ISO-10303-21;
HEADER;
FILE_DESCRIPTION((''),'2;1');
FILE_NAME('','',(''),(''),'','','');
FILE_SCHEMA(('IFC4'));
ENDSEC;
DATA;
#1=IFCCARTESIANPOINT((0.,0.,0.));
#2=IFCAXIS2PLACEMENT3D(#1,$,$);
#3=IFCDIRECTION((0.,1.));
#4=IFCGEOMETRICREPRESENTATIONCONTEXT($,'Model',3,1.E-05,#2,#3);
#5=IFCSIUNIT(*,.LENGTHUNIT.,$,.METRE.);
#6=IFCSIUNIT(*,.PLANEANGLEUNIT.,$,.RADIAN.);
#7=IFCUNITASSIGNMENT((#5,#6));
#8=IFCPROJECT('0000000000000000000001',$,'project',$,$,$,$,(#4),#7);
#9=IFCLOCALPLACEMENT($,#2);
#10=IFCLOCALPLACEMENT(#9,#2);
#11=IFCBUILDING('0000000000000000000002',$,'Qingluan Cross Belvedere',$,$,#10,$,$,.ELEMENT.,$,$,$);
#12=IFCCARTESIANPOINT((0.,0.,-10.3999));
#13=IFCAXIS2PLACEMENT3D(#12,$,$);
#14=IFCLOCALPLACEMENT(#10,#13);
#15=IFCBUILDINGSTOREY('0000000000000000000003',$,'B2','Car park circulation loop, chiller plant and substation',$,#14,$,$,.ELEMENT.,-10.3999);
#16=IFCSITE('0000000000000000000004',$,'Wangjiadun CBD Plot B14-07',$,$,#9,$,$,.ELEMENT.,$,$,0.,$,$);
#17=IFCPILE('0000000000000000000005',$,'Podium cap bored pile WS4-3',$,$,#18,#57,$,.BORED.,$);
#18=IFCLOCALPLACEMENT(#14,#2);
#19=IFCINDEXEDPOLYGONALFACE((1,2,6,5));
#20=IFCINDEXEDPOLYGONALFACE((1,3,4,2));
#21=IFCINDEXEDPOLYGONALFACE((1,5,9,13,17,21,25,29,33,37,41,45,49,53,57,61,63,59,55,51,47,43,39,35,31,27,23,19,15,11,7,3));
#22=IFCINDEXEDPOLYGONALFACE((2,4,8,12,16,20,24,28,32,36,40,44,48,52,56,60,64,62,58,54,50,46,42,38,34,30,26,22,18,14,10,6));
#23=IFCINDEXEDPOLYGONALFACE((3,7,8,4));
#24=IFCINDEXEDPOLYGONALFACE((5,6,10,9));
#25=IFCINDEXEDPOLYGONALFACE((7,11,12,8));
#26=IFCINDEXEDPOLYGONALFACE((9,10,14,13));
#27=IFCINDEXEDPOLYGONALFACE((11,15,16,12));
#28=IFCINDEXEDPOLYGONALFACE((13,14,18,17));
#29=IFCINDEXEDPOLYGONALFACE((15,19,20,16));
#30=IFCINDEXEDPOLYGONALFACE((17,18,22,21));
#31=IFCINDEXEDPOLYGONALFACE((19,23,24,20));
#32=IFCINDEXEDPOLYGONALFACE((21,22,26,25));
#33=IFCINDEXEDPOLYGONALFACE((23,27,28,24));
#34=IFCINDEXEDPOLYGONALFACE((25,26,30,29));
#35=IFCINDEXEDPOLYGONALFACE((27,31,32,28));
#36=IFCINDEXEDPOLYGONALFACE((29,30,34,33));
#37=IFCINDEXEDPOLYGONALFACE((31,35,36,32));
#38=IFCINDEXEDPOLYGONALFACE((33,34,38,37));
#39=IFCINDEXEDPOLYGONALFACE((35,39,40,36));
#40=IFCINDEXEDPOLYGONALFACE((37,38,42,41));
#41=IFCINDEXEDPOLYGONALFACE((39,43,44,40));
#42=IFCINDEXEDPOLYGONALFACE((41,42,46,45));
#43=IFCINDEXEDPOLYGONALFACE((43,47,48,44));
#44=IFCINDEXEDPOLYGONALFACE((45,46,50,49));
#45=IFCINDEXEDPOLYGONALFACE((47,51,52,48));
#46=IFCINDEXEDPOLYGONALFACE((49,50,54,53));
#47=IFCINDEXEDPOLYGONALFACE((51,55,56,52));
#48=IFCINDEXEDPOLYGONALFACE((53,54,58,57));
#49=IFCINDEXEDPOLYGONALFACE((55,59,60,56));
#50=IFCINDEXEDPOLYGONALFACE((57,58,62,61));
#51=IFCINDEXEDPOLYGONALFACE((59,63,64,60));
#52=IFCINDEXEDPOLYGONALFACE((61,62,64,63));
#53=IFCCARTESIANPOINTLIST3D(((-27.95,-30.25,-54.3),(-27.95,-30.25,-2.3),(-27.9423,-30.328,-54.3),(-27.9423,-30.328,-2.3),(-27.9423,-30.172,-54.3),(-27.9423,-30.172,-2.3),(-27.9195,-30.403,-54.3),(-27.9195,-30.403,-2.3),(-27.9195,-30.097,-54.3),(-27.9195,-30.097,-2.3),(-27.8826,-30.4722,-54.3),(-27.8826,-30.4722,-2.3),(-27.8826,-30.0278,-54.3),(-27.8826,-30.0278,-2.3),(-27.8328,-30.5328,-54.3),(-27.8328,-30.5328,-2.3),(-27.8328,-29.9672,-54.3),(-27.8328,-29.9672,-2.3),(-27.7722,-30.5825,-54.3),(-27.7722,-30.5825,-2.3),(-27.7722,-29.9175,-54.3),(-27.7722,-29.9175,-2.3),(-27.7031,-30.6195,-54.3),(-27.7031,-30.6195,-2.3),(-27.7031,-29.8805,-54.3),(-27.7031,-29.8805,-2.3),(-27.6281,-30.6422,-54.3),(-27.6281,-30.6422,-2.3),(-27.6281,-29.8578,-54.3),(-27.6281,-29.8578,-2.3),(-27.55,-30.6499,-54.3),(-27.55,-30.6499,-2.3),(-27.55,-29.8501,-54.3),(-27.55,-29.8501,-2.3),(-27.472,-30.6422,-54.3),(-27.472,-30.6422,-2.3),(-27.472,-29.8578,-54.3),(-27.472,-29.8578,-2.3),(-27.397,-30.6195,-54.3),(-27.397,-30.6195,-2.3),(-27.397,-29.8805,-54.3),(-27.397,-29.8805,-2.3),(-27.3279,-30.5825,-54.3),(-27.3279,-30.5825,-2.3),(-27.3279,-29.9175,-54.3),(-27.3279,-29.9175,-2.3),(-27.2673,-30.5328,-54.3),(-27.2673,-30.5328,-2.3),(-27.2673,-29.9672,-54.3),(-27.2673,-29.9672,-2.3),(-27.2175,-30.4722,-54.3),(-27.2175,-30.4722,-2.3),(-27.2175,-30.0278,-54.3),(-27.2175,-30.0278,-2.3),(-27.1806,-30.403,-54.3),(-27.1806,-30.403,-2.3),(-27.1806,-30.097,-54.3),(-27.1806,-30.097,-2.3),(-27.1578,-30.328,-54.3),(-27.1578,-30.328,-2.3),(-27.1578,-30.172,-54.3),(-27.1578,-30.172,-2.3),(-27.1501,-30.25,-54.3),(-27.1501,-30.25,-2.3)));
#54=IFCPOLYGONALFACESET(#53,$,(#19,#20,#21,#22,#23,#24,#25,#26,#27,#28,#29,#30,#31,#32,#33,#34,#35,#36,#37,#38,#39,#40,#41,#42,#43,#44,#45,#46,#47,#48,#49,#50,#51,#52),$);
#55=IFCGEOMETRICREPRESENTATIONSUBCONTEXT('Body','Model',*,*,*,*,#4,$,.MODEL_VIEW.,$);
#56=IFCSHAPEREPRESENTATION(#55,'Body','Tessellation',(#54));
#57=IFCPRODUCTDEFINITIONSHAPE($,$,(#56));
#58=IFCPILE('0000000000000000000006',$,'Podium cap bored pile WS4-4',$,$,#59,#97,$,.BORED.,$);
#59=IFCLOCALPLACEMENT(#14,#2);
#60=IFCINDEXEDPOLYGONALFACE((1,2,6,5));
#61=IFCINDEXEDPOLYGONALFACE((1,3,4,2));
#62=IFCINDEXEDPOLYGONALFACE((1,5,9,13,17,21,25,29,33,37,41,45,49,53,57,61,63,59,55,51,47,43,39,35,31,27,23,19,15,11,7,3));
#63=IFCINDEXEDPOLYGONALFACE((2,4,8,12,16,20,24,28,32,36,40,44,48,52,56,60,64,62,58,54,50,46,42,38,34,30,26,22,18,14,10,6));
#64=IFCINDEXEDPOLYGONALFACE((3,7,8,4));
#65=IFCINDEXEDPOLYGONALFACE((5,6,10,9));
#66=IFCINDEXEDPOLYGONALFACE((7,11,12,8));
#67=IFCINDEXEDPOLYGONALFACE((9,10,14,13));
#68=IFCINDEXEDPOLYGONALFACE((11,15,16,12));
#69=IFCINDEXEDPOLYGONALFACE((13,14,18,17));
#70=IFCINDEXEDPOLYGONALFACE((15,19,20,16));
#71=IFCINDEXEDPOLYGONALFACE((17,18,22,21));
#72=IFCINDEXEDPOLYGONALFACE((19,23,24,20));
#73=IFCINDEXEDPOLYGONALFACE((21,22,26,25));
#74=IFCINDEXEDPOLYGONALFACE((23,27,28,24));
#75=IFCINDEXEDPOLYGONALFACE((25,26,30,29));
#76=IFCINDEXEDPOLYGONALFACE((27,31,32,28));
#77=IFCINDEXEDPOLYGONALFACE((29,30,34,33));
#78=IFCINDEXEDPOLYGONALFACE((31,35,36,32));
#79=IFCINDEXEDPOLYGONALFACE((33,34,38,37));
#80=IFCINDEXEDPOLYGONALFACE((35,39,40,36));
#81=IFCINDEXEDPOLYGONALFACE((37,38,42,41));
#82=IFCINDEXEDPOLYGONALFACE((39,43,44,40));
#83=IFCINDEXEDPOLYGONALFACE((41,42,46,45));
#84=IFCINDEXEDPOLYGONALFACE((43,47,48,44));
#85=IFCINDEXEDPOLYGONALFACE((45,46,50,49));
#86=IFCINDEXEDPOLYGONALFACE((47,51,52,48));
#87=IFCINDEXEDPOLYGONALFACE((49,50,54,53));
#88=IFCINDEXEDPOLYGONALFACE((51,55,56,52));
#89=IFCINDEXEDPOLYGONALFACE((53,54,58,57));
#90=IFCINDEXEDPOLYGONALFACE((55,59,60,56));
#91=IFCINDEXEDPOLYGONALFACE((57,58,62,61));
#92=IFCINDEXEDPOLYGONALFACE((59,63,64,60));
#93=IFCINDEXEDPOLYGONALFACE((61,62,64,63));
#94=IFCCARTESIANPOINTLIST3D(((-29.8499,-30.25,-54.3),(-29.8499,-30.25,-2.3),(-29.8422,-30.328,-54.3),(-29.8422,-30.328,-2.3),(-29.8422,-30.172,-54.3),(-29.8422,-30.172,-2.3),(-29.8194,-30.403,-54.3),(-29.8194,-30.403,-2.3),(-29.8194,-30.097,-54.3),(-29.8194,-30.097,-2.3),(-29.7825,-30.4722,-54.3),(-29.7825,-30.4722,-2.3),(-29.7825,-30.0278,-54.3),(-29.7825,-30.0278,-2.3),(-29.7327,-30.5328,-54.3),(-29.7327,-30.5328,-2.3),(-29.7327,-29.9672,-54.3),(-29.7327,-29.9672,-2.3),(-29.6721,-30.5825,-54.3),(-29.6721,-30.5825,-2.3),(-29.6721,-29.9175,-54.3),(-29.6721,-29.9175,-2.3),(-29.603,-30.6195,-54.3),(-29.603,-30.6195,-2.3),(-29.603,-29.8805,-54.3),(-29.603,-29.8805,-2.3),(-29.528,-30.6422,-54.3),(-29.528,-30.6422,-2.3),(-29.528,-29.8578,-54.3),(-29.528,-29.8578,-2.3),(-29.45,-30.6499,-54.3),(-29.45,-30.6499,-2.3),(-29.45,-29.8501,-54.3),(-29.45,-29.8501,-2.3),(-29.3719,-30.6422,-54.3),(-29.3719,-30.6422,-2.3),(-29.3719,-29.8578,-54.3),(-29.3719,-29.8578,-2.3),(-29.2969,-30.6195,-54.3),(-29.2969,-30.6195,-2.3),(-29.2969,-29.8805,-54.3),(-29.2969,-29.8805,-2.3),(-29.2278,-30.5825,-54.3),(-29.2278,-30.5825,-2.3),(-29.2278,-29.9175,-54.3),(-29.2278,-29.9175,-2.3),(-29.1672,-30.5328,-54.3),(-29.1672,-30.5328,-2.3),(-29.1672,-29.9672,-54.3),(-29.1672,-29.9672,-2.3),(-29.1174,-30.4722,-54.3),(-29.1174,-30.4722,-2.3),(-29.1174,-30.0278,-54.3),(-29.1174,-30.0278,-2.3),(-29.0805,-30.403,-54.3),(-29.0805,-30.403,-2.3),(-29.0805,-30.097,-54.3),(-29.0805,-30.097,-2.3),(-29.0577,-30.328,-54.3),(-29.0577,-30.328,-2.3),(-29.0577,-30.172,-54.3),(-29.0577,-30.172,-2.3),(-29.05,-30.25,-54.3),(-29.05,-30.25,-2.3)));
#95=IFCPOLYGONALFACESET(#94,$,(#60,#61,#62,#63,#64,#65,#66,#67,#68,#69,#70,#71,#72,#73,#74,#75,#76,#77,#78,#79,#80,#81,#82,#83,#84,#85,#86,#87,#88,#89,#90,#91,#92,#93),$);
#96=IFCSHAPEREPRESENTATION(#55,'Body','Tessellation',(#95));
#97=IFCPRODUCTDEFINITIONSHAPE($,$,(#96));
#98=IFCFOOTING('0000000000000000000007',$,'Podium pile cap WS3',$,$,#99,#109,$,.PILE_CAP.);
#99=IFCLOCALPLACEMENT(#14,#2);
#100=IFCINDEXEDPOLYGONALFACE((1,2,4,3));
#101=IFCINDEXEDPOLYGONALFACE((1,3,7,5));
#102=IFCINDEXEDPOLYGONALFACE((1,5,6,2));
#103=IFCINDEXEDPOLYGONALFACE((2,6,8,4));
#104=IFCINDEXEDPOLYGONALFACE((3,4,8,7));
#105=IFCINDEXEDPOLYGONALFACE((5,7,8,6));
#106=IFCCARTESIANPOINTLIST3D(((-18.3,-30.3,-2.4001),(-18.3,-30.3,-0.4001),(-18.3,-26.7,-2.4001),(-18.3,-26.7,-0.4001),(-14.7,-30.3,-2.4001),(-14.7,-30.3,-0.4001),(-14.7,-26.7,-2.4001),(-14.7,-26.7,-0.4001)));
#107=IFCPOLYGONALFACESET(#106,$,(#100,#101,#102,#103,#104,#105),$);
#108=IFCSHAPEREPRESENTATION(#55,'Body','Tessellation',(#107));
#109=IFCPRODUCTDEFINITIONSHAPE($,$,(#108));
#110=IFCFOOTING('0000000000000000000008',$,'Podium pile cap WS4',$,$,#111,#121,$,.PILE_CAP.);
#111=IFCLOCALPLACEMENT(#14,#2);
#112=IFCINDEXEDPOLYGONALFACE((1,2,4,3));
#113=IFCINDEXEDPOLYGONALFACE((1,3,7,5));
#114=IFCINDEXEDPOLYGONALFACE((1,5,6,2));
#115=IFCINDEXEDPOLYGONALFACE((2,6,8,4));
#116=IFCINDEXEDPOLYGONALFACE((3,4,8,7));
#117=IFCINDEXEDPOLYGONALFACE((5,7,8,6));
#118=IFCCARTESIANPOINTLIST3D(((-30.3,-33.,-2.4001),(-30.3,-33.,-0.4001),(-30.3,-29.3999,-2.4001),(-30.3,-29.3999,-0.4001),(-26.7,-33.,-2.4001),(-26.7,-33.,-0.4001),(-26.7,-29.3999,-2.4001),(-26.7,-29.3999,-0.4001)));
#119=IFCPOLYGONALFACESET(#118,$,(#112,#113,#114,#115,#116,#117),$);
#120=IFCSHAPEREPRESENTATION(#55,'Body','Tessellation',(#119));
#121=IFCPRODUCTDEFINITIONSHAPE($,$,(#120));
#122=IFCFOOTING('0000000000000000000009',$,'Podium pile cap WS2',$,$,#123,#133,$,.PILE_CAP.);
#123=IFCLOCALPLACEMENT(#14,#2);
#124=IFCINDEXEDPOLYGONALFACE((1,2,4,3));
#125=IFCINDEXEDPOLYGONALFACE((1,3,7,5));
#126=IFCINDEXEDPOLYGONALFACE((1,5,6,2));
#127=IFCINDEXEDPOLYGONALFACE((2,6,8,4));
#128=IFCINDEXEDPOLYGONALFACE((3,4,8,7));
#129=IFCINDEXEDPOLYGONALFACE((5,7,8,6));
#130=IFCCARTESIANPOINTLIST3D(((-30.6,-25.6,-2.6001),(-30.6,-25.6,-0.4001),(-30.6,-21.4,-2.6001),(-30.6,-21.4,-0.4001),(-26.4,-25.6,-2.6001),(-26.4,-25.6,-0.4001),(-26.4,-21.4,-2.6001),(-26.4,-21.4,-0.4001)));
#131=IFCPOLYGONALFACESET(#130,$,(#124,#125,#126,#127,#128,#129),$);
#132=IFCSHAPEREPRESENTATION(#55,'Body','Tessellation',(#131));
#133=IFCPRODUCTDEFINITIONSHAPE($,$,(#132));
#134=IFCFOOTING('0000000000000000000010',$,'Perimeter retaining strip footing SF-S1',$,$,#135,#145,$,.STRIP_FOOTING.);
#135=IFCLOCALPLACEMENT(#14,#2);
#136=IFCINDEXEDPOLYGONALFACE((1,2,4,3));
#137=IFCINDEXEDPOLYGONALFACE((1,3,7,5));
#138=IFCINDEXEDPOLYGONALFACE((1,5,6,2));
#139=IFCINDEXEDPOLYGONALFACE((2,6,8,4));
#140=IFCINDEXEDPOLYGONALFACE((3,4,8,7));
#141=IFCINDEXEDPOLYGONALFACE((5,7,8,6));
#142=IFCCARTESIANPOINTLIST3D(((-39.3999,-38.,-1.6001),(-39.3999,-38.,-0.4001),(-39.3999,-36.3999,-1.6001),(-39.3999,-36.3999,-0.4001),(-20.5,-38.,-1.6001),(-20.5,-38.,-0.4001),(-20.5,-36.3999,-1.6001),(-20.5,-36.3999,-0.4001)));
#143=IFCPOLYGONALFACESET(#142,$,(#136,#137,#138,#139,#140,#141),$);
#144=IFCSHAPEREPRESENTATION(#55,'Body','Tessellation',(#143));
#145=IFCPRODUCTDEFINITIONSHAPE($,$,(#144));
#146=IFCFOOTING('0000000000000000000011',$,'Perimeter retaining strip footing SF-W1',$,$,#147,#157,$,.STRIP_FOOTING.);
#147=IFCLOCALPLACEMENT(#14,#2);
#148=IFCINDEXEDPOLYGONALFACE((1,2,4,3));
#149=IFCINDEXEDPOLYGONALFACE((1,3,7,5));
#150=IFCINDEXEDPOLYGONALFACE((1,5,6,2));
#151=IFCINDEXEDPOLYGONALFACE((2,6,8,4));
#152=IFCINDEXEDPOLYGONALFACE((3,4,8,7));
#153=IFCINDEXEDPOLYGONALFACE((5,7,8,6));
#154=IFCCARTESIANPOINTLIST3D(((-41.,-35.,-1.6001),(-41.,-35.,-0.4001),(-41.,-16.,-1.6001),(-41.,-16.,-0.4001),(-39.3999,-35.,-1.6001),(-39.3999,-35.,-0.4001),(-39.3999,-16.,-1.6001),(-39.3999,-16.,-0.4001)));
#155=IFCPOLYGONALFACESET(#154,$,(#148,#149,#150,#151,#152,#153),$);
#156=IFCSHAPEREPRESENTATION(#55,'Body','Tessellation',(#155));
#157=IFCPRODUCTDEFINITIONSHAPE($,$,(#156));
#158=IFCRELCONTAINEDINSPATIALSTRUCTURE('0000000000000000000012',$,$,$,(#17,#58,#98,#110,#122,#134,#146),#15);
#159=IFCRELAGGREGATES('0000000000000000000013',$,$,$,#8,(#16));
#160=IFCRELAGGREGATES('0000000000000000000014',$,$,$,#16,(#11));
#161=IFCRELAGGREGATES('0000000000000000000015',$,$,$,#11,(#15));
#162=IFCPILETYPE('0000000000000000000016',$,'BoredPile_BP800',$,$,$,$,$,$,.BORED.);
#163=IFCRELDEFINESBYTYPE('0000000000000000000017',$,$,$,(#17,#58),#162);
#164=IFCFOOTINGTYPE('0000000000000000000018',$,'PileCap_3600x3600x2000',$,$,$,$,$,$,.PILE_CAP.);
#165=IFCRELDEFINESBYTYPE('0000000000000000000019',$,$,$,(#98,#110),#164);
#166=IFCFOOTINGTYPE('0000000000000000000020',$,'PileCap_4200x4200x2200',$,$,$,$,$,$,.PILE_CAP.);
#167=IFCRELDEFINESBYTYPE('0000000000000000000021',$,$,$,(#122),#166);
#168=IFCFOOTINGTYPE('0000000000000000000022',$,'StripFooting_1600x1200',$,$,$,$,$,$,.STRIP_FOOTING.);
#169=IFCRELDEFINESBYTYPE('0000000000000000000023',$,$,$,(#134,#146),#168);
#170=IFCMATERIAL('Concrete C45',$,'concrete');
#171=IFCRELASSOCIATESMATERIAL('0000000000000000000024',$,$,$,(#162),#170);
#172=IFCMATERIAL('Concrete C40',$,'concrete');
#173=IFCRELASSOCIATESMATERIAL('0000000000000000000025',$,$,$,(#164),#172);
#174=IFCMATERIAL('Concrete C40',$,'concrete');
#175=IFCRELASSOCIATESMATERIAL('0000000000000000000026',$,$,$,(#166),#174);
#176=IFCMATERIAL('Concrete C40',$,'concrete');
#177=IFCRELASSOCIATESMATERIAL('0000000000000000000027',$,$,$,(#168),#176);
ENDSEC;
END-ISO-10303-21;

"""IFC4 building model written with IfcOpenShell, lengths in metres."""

from ifc_helpers import new_model, si_unit, direction, frame, origin, origin_2d, place, context, subcontext, project, spatial, rectangle, circle, extrude, material, material_profile, profile_set, type_object, element, save


model = new_model("IFC4")

# Units and contexts
model_context = context("Model", 3, precision=1e-05, world=origin(), true_north=direction((0.0, 1.0)))
body_context = subcontext(model_context, "Body", "Model", "MODEL_VIEW")
ifc_project = project(units=[si_unit("LENGTHUNIT", "METRE"), si_unit("PLANEANGLEUNIT", "RADIAN")], contexts=[model_context])

# Site, building, storey
site_placement = place(None, origin())
site = spatial("IfcSite", under=ifc_project, at=site_placement, Name="Wangjiadun CBD Plot B14-07", CompositionType="ELEMENT", RefElevation=0.0)
building_placement = place(site_placement, origin())
building = spatial("IfcBuilding", under=site, at=building_placement, Name="Qingluan Cross Belvedere", CompositionType="ELEMENT")
storey_placement = place(building_placement, frame((0.0, 0.0, -10.3999)))
storey = spatial("IfcBuildingStorey", under=building, at=storey_placement, Name="B2", Description="Car park circulation loop, chiller plant and substation", CompositionType="ELEMENT", Elevation=-10.3999)

# Piles
ifc_material_1 = material(Name="Concrete C45", Category="concrete")
ifc_material_profile_1 = material_profile(ifc_material_1, circle(Radius=0.3999, at=origin_2d()), Name="BP800")
ifc_profile_set_1 = profile_set([ifc_material_profile_1], Name="Concrete C45")
pile_type_1 = type_object("IfcPileType", Name="BoredPile_BP800", PredefinedType="BORED", material=ifc_profile_set_1)
for number, where, z_axis, x_axis, name in (
    (1, (-27.55, -30.25, -2.3), (0.0, 0.0, -1.0), (1.0, 0.0, 0.0), "Podium cap bored pile WS4-3"),
    (2, (-29.45, -30.25, -2.3), (0.0, 0.0, -1.0), (1.0, 0.0, 0.0), "Podium cap bored pile WS4-4"),
):
    element("IfcPile", number, at=place(storey_placement, frame(where, z_axis=z_axis, x_axis=x_axis)), inside=storey, type_object=pile_type_1, Name=name, PredefinedType="BORED", context=body_context, shape_type="SweptSolid", body=[
        extrude(circle(Radius=0.3999, at=origin_2d()), origin(), (0.0, 0.0, 1.0), 52.0),
    ])

# Footings
ifc_material_2 = material(Name="Concrete C40", Category="concrete")
footing_type_1 = type_object("IfcFootingType", Name="PileCap_3600x3600x2000", PredefinedType="PILE_CAP", material=ifc_material_2)
for number, where, z_axis, x_axis, name in (
    (3, (-16.5, -28.5, -2.4001), (0.0, 0.0, 1.0), (1.0, 0.0, 0.0), "Podium pile cap WS3"),
    (4, (-28.5, -31.2, -2.4001), (0.0, 0.0, 1.0), (1.0, 0.0, 0.0), "Podium pile cap WS4"),
):
    element("IfcFooting", number, at=place(storey_placement, frame(where, z_axis=z_axis, x_axis=x_axis)), inside=storey, type_object=footing_type_1, Name=name, PredefinedType="PILE_CAP", context=body_context, shape_type="SweptSolid", body=[
        extrude(rectangle(XDim=3.6001, YDim=3.6001, at=origin_2d()), origin(), (0.0, 0.0, 1.0), 2.0),
    ])
ifc_material_3 = material(Name="Concrete C40", Category="concrete")
footing_type_2 = type_object("IfcFootingType", Name="PileCap_4200x4200x2200", PredefinedType="PILE_CAP", material=ifc_material_3)
footing_1_placement = place(storey_placement, frame((-28.5, -23.5, -2.6001), z_axis=(0.0, 0.0, 1.0), x_axis=(1.0, 0.0, 0.0)))
element("IfcFooting", 5, at=footing_1_placement, inside=storey, type_object=footing_type_2, Name="Podium pile cap WS2", PredefinedType="PILE_CAP", context=body_context, shape_type="SweptSolid", body=[
    extrude(rectangle(XDim=4.2, YDim=4.2, at=origin_2d()), origin(), (0.0, 0.0, 1.0), 2.2),
])
ifc_material_4 = material(Name="Concrete C40", Category="concrete")
footing_type_3 = type_object("IfcFootingType", Name="StripFooting_1600x1200", PredefinedType="STRIP_FOOTING", material=ifc_material_4)
footing_2_placement = place(storey_placement, frame((-29.95, -37.2, -1.6001), z_axis=(0.0, 0.0, 1.0), x_axis=(1.0, 0.0, 0.0)))
element("IfcFooting", 6, at=footing_2_placement, inside=storey, type_object=footing_type_3, Name="Perimeter retaining strip footing SF-S1", PredefinedType="STRIP_FOOTING", context=body_context, shape_type="SweptSolid", body=[
    extrude(rectangle(XDim=18.8999, YDim=1.6001, at=origin_2d()), origin(), (0.0, 0.0, 1.0), 1.2),
])
footing_3_placement = place(storey_placement, frame((-40.2, -25.5, -1.6001), z_axis=(0.0, 0.0, 1.0), x_axis=(0.0, 1.0, 0.0)))
element("IfcFooting", 7, at=footing_3_placement, inside=storey, type_object=footing_type_3, Name="Perimeter retaining strip footing SF-W1", PredefinedType="STRIP_FOOTING", context=body_context, shape_type="SweptSolid", body=[
    extrude(rectangle(XDim=19.0, YDim=1.6001, at=origin_2d()), origin(), (0.0, 0.0, 1.0), 1.2),
])

save(model, "model.ifc")
